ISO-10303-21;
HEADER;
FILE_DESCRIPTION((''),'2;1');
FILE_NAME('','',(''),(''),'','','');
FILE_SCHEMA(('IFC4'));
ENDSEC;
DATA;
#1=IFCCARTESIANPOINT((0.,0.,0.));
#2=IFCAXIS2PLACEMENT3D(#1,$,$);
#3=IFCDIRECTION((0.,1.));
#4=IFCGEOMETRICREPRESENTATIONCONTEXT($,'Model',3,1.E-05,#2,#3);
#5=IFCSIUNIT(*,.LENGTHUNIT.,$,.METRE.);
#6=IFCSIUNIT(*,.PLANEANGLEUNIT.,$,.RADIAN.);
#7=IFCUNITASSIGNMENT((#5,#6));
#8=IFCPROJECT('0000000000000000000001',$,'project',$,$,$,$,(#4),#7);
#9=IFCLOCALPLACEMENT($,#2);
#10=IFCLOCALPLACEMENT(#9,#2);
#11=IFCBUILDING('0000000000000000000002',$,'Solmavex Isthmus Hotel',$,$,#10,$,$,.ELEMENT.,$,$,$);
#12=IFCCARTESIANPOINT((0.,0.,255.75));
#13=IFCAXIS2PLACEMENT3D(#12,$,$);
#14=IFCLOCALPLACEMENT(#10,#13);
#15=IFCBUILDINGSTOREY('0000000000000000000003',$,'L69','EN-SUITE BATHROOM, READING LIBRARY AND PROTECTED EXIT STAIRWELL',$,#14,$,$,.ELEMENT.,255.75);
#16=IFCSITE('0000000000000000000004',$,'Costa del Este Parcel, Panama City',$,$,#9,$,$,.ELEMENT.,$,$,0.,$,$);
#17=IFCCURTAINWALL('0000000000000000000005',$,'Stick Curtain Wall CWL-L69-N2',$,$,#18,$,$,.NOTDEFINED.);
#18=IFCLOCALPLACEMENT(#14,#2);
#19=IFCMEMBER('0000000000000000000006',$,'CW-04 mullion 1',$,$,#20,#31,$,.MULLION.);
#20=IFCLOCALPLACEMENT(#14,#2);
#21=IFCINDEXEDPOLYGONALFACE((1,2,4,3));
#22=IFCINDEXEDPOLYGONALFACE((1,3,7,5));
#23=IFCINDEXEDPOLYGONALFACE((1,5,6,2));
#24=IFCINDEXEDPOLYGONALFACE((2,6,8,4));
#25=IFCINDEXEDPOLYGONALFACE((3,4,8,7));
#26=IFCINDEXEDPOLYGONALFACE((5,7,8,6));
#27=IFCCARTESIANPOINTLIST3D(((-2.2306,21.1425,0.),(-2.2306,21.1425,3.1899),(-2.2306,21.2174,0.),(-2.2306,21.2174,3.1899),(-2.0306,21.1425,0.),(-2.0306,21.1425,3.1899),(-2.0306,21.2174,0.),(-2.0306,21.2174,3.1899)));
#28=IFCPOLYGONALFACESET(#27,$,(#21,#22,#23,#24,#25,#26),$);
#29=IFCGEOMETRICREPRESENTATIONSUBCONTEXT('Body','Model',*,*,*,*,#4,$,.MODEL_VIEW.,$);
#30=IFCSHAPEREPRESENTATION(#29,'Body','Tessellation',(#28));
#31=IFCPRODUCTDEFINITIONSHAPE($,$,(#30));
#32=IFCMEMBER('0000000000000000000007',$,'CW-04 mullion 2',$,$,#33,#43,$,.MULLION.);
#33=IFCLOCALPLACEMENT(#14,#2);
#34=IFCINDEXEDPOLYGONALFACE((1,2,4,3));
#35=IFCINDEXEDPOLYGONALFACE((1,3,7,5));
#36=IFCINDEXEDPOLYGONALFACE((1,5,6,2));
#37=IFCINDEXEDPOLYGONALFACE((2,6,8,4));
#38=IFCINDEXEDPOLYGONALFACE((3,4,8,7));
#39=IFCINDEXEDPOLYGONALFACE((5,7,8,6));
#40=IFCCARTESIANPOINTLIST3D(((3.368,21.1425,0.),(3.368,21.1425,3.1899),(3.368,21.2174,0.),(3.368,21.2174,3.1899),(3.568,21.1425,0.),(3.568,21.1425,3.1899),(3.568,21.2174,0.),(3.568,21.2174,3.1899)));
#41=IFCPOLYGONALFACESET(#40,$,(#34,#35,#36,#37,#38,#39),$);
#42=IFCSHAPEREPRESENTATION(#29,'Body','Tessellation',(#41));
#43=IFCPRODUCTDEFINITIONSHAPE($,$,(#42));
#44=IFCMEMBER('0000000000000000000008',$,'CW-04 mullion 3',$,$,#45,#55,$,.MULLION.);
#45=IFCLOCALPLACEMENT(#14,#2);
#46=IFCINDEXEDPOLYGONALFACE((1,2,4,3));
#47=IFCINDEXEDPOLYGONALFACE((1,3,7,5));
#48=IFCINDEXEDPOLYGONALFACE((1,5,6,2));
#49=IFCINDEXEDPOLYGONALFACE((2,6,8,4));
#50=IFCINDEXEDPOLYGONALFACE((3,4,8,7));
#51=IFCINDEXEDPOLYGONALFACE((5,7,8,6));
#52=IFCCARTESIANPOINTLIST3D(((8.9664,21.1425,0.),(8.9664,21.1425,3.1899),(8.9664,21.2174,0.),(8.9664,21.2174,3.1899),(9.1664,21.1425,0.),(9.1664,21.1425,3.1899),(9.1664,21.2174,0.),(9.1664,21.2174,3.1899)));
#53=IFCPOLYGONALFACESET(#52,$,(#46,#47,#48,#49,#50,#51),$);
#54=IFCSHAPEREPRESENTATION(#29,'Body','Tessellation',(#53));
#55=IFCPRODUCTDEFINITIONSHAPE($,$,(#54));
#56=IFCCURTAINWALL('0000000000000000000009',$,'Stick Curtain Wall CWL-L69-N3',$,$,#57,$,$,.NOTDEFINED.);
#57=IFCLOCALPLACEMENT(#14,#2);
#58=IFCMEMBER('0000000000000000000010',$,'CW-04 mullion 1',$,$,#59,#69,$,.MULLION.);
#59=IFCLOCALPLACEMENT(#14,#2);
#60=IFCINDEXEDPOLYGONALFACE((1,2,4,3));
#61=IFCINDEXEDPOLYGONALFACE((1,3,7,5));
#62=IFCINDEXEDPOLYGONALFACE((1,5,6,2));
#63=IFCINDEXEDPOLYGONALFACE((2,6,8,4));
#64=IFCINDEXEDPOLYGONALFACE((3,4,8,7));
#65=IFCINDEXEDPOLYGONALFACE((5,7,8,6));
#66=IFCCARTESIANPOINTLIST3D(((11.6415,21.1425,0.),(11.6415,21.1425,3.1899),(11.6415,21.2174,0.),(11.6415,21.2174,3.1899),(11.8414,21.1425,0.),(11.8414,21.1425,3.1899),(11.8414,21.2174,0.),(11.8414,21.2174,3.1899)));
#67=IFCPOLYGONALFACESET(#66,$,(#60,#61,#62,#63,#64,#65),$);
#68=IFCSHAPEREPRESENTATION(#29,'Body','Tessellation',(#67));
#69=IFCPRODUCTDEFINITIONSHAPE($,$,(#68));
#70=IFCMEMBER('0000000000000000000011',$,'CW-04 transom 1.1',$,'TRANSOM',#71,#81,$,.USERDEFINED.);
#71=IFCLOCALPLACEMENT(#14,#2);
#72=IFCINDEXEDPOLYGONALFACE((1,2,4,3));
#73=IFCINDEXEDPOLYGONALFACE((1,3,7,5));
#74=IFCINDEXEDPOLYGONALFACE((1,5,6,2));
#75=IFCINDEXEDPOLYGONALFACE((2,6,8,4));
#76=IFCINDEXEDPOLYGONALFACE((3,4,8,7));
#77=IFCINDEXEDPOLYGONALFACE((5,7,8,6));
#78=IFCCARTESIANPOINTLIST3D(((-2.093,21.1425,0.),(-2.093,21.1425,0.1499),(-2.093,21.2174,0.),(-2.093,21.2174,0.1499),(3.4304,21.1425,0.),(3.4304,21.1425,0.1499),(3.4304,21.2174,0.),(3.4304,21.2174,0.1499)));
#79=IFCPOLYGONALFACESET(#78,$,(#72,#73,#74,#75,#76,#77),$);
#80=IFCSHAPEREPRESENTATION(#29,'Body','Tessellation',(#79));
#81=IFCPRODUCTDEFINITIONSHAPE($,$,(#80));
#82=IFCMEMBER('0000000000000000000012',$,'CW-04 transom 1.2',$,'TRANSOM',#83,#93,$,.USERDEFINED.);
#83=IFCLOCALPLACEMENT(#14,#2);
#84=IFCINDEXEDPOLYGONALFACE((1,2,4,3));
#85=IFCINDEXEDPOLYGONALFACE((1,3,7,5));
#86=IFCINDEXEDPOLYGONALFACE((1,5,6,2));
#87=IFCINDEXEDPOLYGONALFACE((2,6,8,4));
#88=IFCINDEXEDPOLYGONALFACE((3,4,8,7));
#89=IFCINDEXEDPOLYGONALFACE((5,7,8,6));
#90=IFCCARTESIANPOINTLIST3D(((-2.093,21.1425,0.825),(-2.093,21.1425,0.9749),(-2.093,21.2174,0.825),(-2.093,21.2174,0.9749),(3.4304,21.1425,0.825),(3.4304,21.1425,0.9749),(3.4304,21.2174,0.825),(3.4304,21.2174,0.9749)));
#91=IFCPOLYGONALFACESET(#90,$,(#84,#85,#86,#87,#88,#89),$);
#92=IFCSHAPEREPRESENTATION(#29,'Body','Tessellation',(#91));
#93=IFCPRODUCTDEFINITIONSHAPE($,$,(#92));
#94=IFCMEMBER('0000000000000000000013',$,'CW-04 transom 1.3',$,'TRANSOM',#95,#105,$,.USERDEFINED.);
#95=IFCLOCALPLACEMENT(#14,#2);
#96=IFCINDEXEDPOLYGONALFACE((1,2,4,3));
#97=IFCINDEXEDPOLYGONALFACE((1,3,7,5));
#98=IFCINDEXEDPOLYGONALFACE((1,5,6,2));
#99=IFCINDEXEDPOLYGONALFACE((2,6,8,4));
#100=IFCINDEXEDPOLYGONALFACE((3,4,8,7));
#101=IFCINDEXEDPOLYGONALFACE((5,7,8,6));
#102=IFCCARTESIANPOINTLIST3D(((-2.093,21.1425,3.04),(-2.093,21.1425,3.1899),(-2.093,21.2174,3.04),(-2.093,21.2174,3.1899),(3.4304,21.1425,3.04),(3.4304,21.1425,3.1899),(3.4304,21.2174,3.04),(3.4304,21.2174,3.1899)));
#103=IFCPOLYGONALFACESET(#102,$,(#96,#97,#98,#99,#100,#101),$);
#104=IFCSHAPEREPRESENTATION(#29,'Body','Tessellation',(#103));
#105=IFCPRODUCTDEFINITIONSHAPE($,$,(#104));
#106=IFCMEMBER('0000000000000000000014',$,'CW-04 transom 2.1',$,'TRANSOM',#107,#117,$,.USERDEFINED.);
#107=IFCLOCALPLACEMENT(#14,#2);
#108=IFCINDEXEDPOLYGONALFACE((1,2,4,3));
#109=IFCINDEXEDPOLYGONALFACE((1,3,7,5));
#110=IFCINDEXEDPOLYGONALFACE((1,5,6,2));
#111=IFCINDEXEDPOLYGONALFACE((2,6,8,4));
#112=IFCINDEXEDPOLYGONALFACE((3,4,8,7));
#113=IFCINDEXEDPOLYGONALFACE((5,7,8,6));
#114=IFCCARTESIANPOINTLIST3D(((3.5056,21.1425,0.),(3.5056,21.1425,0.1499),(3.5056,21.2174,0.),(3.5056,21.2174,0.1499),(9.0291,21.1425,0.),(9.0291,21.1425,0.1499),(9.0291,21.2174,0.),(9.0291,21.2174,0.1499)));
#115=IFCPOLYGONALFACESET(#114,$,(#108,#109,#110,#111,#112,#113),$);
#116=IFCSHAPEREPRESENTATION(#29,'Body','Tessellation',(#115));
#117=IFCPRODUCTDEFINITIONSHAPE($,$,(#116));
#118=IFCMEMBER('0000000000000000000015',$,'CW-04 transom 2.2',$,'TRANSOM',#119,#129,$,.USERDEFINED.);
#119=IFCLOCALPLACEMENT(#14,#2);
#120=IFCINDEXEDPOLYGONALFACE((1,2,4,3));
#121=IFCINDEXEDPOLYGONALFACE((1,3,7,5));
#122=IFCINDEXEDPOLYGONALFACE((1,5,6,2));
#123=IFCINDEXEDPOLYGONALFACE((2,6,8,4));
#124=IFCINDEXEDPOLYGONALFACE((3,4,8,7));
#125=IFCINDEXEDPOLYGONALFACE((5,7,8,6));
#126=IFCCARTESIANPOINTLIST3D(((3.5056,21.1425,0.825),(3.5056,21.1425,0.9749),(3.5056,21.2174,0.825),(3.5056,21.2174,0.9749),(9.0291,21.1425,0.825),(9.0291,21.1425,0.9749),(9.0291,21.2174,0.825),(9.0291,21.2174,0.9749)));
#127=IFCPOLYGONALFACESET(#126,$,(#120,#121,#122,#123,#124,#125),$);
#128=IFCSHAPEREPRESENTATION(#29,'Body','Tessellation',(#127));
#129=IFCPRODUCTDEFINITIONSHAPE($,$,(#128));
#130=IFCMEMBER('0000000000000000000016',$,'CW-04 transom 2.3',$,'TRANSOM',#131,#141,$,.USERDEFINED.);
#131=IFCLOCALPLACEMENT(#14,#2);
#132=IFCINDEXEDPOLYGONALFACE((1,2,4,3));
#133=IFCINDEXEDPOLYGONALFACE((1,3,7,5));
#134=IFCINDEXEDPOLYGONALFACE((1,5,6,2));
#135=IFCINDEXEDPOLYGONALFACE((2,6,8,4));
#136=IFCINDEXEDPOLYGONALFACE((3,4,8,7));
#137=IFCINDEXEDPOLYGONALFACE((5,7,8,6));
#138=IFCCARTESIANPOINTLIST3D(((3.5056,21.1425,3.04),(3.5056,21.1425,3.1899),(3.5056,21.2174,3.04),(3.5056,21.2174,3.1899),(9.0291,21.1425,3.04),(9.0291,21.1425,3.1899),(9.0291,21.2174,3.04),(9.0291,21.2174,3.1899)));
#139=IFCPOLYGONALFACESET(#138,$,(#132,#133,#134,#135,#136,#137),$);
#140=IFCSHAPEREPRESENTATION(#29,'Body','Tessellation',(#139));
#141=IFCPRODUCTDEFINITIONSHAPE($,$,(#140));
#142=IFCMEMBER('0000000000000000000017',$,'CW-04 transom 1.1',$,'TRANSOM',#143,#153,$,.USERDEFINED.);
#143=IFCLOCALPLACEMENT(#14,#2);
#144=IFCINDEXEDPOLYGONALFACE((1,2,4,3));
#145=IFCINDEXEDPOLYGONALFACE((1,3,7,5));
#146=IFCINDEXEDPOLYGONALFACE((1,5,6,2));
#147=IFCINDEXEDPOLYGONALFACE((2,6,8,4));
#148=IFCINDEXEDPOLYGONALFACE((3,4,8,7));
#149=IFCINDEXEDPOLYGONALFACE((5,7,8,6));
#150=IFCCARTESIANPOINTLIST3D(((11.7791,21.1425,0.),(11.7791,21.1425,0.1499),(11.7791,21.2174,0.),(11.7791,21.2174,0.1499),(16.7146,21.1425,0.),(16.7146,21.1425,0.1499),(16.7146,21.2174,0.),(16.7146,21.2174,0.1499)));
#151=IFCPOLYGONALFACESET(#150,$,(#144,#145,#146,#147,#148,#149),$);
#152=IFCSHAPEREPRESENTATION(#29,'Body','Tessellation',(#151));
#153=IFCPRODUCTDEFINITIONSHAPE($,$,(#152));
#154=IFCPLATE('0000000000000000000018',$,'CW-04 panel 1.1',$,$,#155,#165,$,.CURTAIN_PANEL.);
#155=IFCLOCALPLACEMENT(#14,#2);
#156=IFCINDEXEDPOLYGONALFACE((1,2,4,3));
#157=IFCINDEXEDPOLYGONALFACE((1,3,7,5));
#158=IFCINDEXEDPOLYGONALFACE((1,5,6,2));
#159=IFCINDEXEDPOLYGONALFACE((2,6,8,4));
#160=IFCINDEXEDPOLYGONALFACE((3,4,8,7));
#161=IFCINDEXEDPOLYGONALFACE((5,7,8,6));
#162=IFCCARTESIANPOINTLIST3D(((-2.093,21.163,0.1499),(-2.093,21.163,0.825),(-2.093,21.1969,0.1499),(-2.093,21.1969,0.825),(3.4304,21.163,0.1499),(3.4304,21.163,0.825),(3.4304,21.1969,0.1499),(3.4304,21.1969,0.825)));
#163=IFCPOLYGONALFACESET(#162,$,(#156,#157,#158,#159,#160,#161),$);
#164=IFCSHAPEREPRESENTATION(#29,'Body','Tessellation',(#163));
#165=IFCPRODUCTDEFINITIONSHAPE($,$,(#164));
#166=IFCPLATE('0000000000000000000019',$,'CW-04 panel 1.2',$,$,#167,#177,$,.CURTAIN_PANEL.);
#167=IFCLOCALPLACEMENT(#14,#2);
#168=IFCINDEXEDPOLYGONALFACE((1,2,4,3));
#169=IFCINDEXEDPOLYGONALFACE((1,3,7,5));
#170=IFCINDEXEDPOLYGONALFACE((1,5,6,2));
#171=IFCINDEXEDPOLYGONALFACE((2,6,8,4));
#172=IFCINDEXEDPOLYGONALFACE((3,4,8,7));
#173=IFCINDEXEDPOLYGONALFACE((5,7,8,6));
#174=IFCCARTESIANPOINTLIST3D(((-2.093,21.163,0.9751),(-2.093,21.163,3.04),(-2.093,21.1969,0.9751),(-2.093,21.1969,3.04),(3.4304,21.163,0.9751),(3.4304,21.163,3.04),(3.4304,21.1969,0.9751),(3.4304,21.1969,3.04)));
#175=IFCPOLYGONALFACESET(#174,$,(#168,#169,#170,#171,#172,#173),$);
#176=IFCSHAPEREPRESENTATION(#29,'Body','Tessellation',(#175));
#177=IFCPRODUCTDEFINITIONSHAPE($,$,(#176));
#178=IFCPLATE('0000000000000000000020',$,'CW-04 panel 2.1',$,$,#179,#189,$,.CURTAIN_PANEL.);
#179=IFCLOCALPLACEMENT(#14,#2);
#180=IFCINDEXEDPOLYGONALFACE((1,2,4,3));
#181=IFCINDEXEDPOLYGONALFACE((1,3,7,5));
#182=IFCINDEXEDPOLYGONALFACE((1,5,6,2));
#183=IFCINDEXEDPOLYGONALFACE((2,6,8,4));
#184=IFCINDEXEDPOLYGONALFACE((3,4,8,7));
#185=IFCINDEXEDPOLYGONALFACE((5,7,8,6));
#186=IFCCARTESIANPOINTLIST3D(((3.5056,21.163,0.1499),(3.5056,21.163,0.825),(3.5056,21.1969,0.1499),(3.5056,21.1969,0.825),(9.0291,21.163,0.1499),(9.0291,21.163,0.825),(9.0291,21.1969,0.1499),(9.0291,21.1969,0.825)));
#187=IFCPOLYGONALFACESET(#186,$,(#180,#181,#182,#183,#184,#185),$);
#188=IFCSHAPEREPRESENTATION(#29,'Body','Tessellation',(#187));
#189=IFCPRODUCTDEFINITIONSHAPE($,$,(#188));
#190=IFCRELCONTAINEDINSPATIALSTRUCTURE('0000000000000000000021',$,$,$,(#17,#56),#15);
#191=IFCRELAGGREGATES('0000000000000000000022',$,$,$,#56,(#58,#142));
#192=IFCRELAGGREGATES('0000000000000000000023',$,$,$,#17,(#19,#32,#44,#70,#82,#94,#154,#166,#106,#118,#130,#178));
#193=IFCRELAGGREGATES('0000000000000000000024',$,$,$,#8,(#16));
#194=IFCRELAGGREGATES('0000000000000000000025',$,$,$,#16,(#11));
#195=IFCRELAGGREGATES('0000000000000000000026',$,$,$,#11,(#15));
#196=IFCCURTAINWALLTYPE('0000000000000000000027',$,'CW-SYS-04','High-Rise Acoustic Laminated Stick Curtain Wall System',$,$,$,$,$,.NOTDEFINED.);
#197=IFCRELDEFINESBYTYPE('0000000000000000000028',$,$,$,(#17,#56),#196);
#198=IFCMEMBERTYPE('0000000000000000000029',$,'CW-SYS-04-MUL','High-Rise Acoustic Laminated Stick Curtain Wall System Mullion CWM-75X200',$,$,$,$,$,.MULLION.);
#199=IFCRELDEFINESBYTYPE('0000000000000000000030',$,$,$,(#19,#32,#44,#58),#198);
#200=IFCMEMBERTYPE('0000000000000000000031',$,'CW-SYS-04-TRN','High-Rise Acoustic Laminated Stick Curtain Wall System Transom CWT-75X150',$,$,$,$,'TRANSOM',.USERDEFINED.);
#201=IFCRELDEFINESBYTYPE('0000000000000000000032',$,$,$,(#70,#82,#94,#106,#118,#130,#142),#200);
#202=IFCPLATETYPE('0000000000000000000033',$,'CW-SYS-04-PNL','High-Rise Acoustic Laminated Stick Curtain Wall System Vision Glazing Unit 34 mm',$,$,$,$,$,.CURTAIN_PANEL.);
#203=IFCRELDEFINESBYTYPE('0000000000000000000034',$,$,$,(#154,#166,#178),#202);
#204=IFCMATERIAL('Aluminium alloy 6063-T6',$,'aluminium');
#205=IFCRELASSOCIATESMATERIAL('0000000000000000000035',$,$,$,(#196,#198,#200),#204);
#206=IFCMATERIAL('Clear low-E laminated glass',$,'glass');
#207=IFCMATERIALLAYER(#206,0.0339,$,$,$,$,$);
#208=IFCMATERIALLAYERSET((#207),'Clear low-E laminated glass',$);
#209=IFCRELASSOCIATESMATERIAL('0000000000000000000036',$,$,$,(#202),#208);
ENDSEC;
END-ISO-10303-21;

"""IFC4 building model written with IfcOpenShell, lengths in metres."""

from ifc_helpers import new_model, si_unit, direction, frame, origin, origin_2d, place, context, subcontext, project, spatial, rectangle, extrude, material, layer, layer_set, material_profile, profile_set, type_object, element, aggregate, save


model = new_model("IFC4")

# Units and contexts
model_context = context("Model", 3, precision=1e-05, world=origin(), true_north=direction((0.0, 1.0)))
body_context = subcontext(model_context, "Body", "Model", "MODEL_VIEW")
ifc_project = project(units=[si_unit("LENGTHUNIT", "METRE"), si_unit("PLANEANGLEUNIT", "RADIAN")], contexts=[model_context])

# Site, building, storey
site_placement = place(None, origin())
site = spatial("IfcSite", under=ifc_project, at=site_placement, Name="Costa del Este Parcel, Panama City", CompositionType="ELEMENT", RefElevation=0.0)
building_placement = place(site_placement, origin())
building = spatial("IfcBuilding", under=site, at=building_placement, Name="Solmavex Isthmus Hotel", CompositionType="ELEMENT")
storey_placement = place(building_placement, frame((0.0, 0.0, 255.75)))
storey = spatial("IfcBuildingStorey", under=building, at=storey_placement, Name="L69", Description="EN-SUITE BATHROOM, READING LIBRARY AND PROTECTED EXIT STAIRWELL", CompositionType="ELEMENT", Elevation=255.75)

# Curtain wall, members
ifc_material_1 = material(Name="Aluminium alloy 6063-T6", Category="aluminium")
curtain_wall_type = type_object("IfcCurtainWallType", Name="CW-SYS-04", Description="High-Rise Acoustic Laminated Stick Curtain Wall System", PredefinedType="NOTDEFINED", material=ifc_material_1)
curtain_wall_1_placement = place(storey_placement, origin())
curtain_wall_1 = element("IfcCurtainWall", 1, at=curtain_wall_1_placement, inside=storey, type_object=curtain_wall_type, Name="Stick Curtain Wall CWL-L69-N2", PredefinedType="NOTDEFINED")
ifc_material_profile_1 = material_profile(ifc_material_1, rectangle(XDim=0.075, YDim=0.2, at=origin_2d()), Name="CWM-75X200")
ifc_profile_set_1 = profile_set([ifc_material_profile_1], Name="Aluminium alloy 6063-T6")
member_type_1 = type_object("IfcMemberType", Name="CW-SYS-04-MUL", Description="High-Rise Acoustic Laminated Stick Curtain Wall System Mullion CWM-75X200", PredefinedType="MULLION", material=ifc_profile_set_1)
member_1_placement = place(storey_placement, frame((-2.1306, 21.1799, 0.0), z_axis=(0.0, 0.0, 1.0), x_axis=(0.0, 1.0, 0.0)))
member_1 = element("IfcMember", 2, at=member_1_placement, type_object=member_type_1, Name="CW-04 mullion 1", PredefinedType="MULLION", context=body_context, shape_type="SweptSolid", body=[
    extrude(rectangle(XDim=0.075, YDim=0.2, at=origin_2d()), origin(), (0.0, 0.0, 1.0), 3.1899),
])
member_2_placement = place(storey_placement, frame((3.468, 21.1799, 0.0), z_axis=(0.0, 0.0, 1.0), x_axis=(0.0, 1.0, 0.0)))
member_2 = element("IfcMember", 3, at=member_2_placement, type_object=member_type_1, Name="CW-04 mullion 2", PredefinedType="MULLION", context=body_context, shape_type="SweptSolid", body=[
    extrude(rectangle(XDim=0.075, YDim=0.2, at=origin_2d()), origin(), (0.0, 0.0, 1.0), 3.1899),
])
member_3_placement = place(storey_placement, frame((9.0664, 21.1799, 0.0), z_axis=(0.0, 0.0, 1.0), x_axis=(0.0, 1.0, 0.0)))
member_3 = element("IfcMember", 4, at=member_3_placement, type_object=member_type_1, Name="CW-04 mullion 3", PredefinedType="MULLION", context=body_context, shape_type="SweptSolid", body=[
    extrude(rectangle(XDim=0.075, YDim=0.2, at=origin_2d()), origin(), (0.0, 0.0, 1.0), 3.1899),
])

# Curtain wall, member
curtain_wall_2_placement = place(storey_placement, origin())
curtain_wall_2 = element("IfcCurtainWall", 5, at=curtain_wall_2_placement, inside=storey, type_object=curtain_wall_type, Name="Stick Curtain Wall CWL-L69-N3", PredefinedType="NOTDEFINED")
member_4_placement = place(storey_placement, frame((11.7415, 21.1799, 0.0), z_axis=(0.0, 0.0, 1.0), x_axis=(0.0, 1.0, 0.0)))
member_4 = element("IfcMember", 6, at=member_4_placement, type_object=member_type_1, Name="CW-04 mullion 1", PredefinedType="MULLION", context=body_context, shape_type="SweptSolid", body=[
    extrude(rectangle(XDim=0.075, YDim=0.2, at=origin_2d()), origin(), (0.0, 0.0, 1.0), 3.1899),
])

# Members
ifc_material_profile_2 = material_profile(ifc_material_1, rectangle(XDim=0.075, YDim=0.1499, at=origin_2d()), Name="CWT-75X150")
ifc_profile_set_2 = profile_set([ifc_material_profile_2], Name="Aluminium alloy 6063-T6")
member_type_2 = type_object("IfcMemberType", Name="CW-SYS-04-TRN", Description="High-Rise Acoustic Laminated Stick Curtain Wall System Transom CWT-75X150", ElementType="TRANSOM", PredefinedType="USERDEFINED", material=ifc_profile_set_2)
member_5_placement = place(storey_placement, frame((-2.093, 21.1799, 0.075), z_axis=(1.0, 0.0, 0.0), x_axis=(0.0, 1.0, 0.0)))
member_5 = element("IfcMember", 7, at=member_5_placement, type_object=member_type_2, Name="CW-04 transom 1.1", ObjectType="TRANSOM", PredefinedType="USERDEFINED", context=body_context, shape_type="SweptSolid", body=[
    extrude(rectangle(XDim=0.075, YDim=0.1499, at=origin_2d()), origin(), (0.0, 0.0, 1.0), 5.5234),
])
member_6_placement = place(storey_placement, frame((-2.093, 21.1799, 0.8999), z_axis=(1.0, 0.0, 0.0), x_axis=(0.0, 1.0, 0.0)))
member_6 = element("IfcMember", 8, at=member_6_placement, type_object=member_type_2, Name="CW-04 transom 1.2", ObjectType="TRANSOM", PredefinedType="USERDEFINED", context=body_context, shape_type="SweptSolid", body=[
    extrude(rectangle(XDim=0.075, YDim=0.1499, at=origin_2d()), origin(), (0.0, 0.0, 1.0), 5.5234),
])
member_7_placement = place(storey_placement, frame((-2.093, 21.1799, 3.115), z_axis=(1.0, 0.0, 0.0), x_axis=(0.0, 1.0, 0.0)))
member_7 = element("IfcMember", 9, at=member_7_placement, type_object=member_type_2, Name="CW-04 transom 1.3", ObjectType="TRANSOM", PredefinedType="USERDEFINED", context=body_context, shape_type="SweptSolid", body=[
    extrude(rectangle(XDim=0.075, YDim=0.1499, at=origin_2d()), origin(), (0.0, 0.0, 1.0), 5.5234),
])
member_8_placement = place(storey_placement, frame((3.5056, 21.1799, 0.075), z_axis=(1.0, 0.0, 0.0), x_axis=(0.0, 1.0, 0.0)))
member_8 = element("IfcMember", 10, at=member_8_placement, type_object=member_type_2, Name="CW-04 transom 2.1", ObjectType="TRANSOM", PredefinedType="USERDEFINED", context=body_context, shape_type="SweptSolid", body=[
    extrude(rectangle(XDim=0.075, YDim=0.1499, at=origin_2d()), origin(), (0.0, 0.0, 1.0), 5.5234),
])
member_9_placement = place(storey_placement, frame((3.5056, 21.1799, 0.8999), z_axis=(1.0, 0.0, 0.0), x_axis=(0.0, 1.0, 0.0)))
member_9 = element("IfcMember", 11, at=member_9_placement, type_object=member_type_2, Name="CW-04 transom 2.2", ObjectType="TRANSOM", PredefinedType="USERDEFINED", context=body_context, shape_type="SweptSolid", body=[
    extrude(rectangle(XDim=0.075, YDim=0.1499, at=origin_2d()), origin(), (0.0, 0.0, 1.0), 5.5234),
])
member_10_placement = place(storey_placement, frame((3.5056, 21.1799, 3.115), z_axis=(1.0, 0.0, 0.0), x_axis=(0.0, 1.0, 0.0)))
member_10 = element("IfcMember", 12, at=member_10_placement, type_object=member_type_2, Name="CW-04 transom 2.3", ObjectType="TRANSOM", PredefinedType="USERDEFINED", context=body_context, shape_type="SweptSolid", body=[
    extrude(rectangle(XDim=0.075, YDim=0.1499, at=origin_2d()), origin(), (0.0, 0.0, 1.0), 5.5234),
])
member_11_placement = place(storey_placement, frame((11.7791, 21.1799, 0.075), z_axis=(1.0, 0.0, 0.0), x_axis=(0.0, 1.0, 0.0)))
member_11 = element("IfcMember", 13, at=member_11_placement, type_object=member_type_2, Name="CW-04 transom 1.1", ObjectType="TRANSOM", PredefinedType="USERDEFINED", context=body_context, shape_type="SweptSolid", body=[
    extrude(rectangle(XDim=0.075, YDim=0.1499, at=origin_2d()), origin(), (0.0, 0.0, 1.0), 4.9355),
])
aggregate(curtain_wall_2, [member_4, member_11])

# Plates
ifc_material_2 = material(Name="Clear low-E laminated glass", Category="glass")
ifc_layer_1 = layer(ifc_material_2, 0.0339)
ifc_layer_set_1 = layer_set([ifc_layer_1], Name="Clear low-E laminated glass")
plate_type = type_object("IfcPlateType", Name="CW-SYS-04-PNL", Description="High-Rise Acoustic Laminated Stick Curtain Wall System Vision Glazing Unit 34 mm", PredefinedType="CURTAIN_PANEL", material=ifc_layer_set_1)
plate_1_placement = place(storey_placement, frame((0.6687, 21.1799, 0.1499), z_axis=(0.0, 0.0, 1.0), x_axis=(1.0, 0.0, 0.0)))
plate_1 = element("IfcPlate", 14, at=plate_1_placement, type_object=plate_type, Name="CW-04 panel 1.1", PredefinedType="CURTAIN_PANEL", context=body_context, shape_type="SweptSolid", body=[
    extrude(rectangle(XDim=5.5234, YDim=0.0339, at=origin_2d()), origin(), (0.0, 0.0, 1.0), 0.675),
])
plate_2_placement = place(storey_placement, frame((0.6687, 21.1799, 0.9751), z_axis=(0.0, 0.0, 1.0), x_axis=(1.0, 0.0, 0.0)))
plate_2 = element("IfcPlate", 15, at=plate_2_placement, type_object=plate_type, Name="CW-04 panel 1.2", PredefinedType="CURTAIN_PANEL", context=body_context, shape_type="SweptSolid", body=[
    extrude(rectangle(XDim=5.5234, YDim=0.0339, at=origin_2d()), origin(), (0.0, 0.0, 1.0), 2.0649),
])
plate_3_placement = place(storey_placement, frame((6.2673, 21.1799, 0.1499), z_axis=(0.0, 0.0, 1.0), x_axis=(1.0, 0.0, 0.0)))
plate_3 = element("IfcPlate", 16, at=plate_3_placement, type_object=plate_type, Name="CW-04 panel 2.1", PredefinedType="CURTAIN_PANEL", context=body_context, shape_type="SweptSolid", body=[
    extrude(rectangle(XDim=5.5234, YDim=0.0339, at=origin_2d()), origin(), (0.0, 0.0, 1.0), 0.675),
])
aggregate(curtain_wall_1, [member_1, member_2, member_3, member_5, member_6, member_7, plate_1, plate_2, member_8, member_9, member_10, plate_3])

save(model, "model.ifc")
